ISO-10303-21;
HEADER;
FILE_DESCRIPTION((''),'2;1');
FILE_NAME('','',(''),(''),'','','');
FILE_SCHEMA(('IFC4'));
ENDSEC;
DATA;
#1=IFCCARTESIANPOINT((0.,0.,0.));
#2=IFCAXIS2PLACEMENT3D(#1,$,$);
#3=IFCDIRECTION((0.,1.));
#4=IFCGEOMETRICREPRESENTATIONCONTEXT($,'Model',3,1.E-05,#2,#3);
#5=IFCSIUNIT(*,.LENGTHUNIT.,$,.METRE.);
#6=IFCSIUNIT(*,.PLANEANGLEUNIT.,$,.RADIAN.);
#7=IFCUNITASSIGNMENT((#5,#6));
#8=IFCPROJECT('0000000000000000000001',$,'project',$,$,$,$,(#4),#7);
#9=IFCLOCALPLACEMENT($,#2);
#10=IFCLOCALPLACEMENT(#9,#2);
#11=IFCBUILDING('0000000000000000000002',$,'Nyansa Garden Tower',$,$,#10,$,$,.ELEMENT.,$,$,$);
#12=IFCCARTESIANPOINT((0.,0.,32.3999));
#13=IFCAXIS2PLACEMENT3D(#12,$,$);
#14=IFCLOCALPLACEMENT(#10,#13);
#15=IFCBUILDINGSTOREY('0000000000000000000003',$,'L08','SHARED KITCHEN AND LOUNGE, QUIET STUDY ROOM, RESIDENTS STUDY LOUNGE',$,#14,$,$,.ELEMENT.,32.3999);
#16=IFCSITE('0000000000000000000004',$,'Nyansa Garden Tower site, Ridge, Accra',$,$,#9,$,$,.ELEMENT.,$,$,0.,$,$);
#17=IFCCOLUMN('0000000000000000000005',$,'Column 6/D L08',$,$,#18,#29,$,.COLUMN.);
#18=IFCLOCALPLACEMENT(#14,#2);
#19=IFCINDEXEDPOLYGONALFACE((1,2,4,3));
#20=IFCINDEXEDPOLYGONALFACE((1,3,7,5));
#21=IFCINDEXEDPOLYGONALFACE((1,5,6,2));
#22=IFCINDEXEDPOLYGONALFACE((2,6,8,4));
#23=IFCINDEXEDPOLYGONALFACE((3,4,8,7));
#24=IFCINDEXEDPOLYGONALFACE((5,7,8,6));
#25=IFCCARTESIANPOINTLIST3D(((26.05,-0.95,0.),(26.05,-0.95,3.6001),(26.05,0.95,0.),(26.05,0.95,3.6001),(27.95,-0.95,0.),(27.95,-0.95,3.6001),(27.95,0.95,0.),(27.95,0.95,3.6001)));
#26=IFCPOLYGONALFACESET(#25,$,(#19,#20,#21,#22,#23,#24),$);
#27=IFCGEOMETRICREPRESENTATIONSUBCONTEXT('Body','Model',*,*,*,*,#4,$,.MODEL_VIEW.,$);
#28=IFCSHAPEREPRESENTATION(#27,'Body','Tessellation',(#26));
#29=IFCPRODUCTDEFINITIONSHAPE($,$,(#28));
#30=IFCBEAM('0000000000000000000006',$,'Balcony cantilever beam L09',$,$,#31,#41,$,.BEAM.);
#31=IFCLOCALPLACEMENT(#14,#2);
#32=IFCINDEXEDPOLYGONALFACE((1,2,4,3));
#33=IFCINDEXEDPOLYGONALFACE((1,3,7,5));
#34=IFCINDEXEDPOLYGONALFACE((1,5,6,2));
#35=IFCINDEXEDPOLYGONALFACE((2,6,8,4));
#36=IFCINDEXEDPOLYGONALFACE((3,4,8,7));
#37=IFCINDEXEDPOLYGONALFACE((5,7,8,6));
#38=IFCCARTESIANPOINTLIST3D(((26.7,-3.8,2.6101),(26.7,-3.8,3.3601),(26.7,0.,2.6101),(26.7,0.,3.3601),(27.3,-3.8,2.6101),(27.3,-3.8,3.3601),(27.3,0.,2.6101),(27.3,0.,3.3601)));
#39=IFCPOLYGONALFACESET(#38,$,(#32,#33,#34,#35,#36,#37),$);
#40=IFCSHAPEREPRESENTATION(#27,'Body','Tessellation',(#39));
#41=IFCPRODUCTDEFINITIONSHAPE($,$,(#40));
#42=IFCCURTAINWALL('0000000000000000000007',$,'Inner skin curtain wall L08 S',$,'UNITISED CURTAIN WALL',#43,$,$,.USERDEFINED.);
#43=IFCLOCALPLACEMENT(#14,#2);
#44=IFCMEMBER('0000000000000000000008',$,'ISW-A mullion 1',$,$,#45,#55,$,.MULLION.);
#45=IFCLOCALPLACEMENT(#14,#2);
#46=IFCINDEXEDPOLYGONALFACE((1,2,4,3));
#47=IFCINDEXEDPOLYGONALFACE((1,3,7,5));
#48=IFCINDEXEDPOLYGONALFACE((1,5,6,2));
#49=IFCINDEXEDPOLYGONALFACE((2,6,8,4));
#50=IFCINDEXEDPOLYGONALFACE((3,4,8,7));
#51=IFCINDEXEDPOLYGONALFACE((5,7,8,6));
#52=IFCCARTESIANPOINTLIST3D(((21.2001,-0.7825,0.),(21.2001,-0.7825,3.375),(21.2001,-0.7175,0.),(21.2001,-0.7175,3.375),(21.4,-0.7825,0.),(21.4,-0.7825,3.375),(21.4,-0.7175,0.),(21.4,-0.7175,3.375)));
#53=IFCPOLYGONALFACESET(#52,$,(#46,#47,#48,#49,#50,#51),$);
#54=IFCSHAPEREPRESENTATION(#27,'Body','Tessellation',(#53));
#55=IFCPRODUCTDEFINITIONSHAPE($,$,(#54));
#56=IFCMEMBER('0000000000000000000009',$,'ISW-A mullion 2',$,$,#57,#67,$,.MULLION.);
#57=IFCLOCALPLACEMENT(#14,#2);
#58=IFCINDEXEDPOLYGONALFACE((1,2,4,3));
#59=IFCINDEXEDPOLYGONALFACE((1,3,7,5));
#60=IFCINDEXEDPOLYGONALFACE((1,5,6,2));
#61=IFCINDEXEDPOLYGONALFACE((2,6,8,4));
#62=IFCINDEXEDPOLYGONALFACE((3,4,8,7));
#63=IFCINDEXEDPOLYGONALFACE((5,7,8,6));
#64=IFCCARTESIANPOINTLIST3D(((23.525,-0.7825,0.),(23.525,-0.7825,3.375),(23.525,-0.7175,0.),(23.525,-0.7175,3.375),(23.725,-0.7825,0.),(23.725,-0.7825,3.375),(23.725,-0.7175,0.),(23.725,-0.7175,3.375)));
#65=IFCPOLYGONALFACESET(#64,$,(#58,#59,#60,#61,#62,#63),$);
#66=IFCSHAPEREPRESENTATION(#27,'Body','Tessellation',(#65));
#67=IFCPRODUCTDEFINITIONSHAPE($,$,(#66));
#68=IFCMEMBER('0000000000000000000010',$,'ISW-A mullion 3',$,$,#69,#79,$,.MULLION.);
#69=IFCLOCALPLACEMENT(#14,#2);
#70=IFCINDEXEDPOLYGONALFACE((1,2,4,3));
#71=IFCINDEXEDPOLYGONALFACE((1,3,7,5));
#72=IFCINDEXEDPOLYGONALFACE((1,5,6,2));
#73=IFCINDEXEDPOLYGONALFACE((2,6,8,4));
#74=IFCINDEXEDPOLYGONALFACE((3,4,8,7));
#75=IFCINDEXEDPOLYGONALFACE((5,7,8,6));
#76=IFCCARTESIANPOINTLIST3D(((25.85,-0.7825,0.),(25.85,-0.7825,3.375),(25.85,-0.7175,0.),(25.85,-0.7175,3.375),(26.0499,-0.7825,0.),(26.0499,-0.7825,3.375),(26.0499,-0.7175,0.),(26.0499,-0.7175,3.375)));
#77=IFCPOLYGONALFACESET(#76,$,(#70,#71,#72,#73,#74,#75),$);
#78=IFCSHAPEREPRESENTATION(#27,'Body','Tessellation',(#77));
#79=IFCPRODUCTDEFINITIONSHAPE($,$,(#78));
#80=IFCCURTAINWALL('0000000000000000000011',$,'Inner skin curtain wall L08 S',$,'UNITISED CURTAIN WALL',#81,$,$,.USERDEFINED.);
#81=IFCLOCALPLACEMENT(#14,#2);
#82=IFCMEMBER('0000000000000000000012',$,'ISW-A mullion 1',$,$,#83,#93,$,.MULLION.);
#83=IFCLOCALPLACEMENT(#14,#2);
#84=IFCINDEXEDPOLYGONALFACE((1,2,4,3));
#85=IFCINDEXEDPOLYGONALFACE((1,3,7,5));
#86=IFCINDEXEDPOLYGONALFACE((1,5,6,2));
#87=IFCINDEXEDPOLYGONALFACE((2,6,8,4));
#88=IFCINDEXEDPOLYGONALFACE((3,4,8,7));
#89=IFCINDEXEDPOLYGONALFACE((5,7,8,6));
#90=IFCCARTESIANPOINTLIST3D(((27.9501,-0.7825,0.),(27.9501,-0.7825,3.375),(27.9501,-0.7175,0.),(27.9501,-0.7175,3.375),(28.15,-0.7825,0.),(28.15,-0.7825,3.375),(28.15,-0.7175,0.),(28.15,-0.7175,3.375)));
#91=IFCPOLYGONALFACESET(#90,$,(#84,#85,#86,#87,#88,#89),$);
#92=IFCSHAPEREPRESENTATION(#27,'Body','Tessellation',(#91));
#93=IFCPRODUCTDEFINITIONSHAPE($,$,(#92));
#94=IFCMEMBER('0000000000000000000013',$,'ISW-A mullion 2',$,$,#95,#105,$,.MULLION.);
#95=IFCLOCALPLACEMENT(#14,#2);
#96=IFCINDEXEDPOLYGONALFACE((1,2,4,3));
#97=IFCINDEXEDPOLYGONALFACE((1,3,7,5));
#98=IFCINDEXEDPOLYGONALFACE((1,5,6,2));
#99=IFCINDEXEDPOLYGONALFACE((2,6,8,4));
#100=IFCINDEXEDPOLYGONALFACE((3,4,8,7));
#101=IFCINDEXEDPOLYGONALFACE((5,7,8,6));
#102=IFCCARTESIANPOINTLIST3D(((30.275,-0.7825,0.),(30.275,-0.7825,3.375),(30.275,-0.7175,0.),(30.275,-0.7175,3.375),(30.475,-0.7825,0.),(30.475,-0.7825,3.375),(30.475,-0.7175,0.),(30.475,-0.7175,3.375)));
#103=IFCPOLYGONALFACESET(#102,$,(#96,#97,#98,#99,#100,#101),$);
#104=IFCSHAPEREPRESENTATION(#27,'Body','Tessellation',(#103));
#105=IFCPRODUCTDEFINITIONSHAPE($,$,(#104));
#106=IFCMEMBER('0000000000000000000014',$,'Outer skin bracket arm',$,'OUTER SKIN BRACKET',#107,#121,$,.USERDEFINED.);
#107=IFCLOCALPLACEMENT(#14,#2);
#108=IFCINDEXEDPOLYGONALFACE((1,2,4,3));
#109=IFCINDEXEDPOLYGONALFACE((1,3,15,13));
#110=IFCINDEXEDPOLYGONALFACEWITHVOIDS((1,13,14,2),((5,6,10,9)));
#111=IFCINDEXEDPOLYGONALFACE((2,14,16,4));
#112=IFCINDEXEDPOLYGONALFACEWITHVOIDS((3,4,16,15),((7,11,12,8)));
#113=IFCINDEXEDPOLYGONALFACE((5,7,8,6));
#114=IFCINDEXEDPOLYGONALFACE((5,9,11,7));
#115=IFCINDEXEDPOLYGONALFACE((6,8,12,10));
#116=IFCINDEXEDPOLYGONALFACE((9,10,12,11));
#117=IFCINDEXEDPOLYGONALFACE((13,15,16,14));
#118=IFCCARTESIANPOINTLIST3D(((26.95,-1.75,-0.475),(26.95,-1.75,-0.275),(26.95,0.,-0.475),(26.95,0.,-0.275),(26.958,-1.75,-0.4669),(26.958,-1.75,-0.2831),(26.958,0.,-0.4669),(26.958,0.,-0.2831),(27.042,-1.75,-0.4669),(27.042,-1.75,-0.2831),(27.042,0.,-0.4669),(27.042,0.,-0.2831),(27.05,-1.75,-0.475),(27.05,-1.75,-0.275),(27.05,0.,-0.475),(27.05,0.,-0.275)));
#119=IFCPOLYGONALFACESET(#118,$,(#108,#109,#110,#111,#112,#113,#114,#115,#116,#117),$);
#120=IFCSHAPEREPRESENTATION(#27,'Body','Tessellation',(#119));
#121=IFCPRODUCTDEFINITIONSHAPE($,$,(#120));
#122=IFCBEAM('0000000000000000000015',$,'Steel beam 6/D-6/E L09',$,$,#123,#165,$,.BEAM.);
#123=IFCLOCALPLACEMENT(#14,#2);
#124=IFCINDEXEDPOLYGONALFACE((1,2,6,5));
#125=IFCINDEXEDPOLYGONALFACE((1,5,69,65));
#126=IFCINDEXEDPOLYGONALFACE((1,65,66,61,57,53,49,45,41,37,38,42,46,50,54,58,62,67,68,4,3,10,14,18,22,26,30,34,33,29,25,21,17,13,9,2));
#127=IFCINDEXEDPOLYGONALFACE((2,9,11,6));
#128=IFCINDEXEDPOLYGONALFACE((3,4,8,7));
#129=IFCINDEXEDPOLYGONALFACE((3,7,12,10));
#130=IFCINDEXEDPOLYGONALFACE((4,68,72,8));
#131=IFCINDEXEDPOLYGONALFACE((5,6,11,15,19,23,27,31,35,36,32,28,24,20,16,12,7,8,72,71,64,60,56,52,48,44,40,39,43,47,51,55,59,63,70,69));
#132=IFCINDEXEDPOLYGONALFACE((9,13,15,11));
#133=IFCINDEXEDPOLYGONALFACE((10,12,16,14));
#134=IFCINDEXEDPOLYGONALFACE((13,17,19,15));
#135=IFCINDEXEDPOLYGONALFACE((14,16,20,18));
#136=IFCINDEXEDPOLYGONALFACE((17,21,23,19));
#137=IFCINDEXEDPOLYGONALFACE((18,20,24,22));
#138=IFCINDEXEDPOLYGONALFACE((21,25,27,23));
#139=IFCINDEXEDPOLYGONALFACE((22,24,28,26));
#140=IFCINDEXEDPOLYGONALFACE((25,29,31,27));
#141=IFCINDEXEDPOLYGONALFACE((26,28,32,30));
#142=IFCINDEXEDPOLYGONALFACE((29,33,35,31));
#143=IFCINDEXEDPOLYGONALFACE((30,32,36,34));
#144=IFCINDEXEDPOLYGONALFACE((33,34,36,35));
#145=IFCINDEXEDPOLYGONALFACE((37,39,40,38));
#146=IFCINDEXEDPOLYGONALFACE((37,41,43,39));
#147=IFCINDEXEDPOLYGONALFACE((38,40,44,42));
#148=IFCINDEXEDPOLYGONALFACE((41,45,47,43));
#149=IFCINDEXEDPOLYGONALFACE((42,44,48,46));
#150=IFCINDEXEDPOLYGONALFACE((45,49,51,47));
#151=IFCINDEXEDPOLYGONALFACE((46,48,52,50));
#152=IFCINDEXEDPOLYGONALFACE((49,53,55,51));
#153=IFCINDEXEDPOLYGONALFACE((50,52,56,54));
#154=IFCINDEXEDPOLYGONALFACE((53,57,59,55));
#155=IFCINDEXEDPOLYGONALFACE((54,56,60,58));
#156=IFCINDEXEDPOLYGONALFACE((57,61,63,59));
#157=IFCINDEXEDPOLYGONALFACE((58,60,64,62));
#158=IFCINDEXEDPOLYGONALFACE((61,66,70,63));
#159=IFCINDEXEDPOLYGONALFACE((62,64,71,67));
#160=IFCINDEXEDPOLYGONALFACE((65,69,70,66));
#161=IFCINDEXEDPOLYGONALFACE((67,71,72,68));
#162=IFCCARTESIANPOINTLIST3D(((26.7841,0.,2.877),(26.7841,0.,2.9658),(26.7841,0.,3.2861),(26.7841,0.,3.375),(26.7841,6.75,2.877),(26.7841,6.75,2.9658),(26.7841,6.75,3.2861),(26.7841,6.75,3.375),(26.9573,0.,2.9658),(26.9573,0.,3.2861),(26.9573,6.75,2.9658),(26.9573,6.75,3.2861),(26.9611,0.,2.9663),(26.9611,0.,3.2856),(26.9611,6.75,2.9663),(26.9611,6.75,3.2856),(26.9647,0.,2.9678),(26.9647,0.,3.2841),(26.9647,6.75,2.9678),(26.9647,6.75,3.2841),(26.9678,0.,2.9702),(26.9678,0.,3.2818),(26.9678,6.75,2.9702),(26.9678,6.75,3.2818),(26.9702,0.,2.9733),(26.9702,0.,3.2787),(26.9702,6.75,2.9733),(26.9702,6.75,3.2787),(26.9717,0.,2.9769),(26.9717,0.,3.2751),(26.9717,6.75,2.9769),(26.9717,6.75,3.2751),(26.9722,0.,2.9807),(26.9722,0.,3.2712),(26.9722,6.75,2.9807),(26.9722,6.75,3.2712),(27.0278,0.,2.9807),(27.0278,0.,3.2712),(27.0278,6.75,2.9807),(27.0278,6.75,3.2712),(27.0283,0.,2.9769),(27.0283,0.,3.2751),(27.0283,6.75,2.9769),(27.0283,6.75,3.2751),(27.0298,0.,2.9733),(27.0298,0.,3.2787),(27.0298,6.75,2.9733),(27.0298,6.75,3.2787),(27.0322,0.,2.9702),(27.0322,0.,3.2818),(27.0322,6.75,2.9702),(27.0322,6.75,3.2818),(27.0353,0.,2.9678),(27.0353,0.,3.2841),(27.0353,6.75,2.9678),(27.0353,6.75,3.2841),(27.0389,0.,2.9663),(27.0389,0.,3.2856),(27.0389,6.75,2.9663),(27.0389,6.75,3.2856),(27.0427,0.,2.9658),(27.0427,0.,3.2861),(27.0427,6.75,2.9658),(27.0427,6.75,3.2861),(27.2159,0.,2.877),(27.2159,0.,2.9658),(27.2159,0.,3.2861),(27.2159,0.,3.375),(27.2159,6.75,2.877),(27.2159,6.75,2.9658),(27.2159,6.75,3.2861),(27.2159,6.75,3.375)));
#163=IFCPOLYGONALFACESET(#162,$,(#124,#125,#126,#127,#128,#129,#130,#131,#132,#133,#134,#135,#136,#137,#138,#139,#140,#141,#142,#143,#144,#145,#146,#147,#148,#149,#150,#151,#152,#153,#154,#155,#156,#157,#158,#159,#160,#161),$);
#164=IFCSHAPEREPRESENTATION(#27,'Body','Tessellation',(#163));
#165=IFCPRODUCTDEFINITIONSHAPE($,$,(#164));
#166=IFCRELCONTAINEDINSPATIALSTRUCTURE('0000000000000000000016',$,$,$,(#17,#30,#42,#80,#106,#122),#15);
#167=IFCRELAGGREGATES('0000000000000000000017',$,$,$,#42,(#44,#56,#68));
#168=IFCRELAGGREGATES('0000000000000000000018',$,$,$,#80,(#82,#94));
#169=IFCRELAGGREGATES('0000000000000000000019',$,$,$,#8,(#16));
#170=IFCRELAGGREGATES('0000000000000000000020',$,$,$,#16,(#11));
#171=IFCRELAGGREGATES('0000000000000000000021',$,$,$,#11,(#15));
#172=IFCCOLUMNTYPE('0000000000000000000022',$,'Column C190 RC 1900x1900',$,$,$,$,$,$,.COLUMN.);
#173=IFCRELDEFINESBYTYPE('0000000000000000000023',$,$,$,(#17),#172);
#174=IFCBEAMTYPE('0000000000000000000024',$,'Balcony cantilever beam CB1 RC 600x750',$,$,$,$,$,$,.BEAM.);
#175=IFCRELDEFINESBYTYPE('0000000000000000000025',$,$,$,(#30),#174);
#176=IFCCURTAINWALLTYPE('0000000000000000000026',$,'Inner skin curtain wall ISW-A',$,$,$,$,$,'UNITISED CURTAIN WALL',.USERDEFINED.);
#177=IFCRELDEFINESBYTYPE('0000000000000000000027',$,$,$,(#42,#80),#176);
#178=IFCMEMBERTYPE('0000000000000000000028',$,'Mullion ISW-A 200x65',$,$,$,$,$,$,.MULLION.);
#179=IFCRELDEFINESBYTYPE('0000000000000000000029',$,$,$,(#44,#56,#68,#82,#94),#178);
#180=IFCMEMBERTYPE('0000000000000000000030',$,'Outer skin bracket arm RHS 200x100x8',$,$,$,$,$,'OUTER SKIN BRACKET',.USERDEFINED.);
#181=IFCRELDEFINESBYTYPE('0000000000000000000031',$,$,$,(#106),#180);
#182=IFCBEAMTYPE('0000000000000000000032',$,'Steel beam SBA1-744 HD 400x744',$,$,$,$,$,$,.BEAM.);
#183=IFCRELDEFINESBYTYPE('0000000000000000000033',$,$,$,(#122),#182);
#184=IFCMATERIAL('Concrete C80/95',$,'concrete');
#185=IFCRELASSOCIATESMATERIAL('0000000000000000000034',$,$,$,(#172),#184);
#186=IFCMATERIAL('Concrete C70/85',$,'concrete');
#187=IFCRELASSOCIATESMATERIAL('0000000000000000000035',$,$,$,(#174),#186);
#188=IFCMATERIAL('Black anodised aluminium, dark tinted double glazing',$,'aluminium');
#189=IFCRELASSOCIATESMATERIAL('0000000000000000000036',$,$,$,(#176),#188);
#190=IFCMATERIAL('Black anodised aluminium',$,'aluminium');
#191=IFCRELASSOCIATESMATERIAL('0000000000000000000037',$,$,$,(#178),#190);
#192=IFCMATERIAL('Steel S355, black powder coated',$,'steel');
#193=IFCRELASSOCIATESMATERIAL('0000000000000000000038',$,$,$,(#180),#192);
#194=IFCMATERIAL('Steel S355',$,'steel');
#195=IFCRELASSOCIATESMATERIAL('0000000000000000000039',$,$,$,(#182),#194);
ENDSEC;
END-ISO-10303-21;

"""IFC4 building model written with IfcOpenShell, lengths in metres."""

from ifc_helpers import new_model, si_unit, direction, frame, origin, origin_2d, place, context, subcontext, project, spatial, rectangle, hollow_rectangle, i_section, extrude, material, material_profile, profile_set, type_object, element, aggregate, save


model = new_model("IFC4")

# Units and contexts
model_context = context("Model", 3, precision=1e-05, world=origin(), true_north=direction((0.0, 1.0)))
body_context = subcontext(model_context, "Body", "Model", "MODEL_VIEW")
ifc_project = project(units=[si_unit("LENGTHUNIT", "METRE"), si_unit("PLANEANGLEUNIT", "RADIAN")], contexts=[model_context])

# Site, building, storey
site_placement = place(None, origin())
site = spatial("IfcSite", under=ifc_project, at=site_placement, Name="Nyansa Garden Tower site, Ridge, Accra", CompositionType="ELEMENT", RefElevation=0.0)
building_placement = place(site_placement, origin())
building = spatial("IfcBuilding", under=site, at=building_placement, Name="Nyansa Garden Tower", CompositionType="ELEMENT")
storey_placement = place(building_placement, frame((0.0, 0.0, 32.3999)))
storey = spatial("IfcBuildingStorey", under=building, at=storey_placement, Name="L08", Description="SHARED KITCHEN AND LOUNGE, QUIET STUDY ROOM, RESIDENTS STUDY LOUNGE", CompositionType="ELEMENT", Elevation=32.3999)

# Column
ifc_material_1 = material(Name="Concrete C80/95", Category="concrete")
ifc_material_profile_1 = material_profile(ifc_material_1, rectangle(XDim=1.8999, YDim=1.8999, at=origin_2d()), Name="RC 1900x1900")
ifc_profile_set_1 = profile_set([ifc_material_profile_1], Name="Concrete C80/95")
column_type = type_object("IfcColumnType", Name="Column C190 RC 1900x1900", PredefinedType="COLUMN", material=ifc_profile_set_1)
column_placement = place(storey_placement, frame((27.0, 0.0, 0.0), z_axis=(0.0, 0.0, 1.0), x_axis=(1.0, 0.0, 0.0)))
element("IfcColumn", 1, at=column_placement, inside=storey, type_object=column_type, Name="Column 6/D L08", PredefinedType="COLUMN", context=body_context, shape_type="SweptSolid", body=[
    extrude(rectangle(XDim=1.8999, YDim=1.8999, at=origin_2d()), origin(), (0.0, 0.0, 1.0), 3.6001),
])

# Beam
ifc_material_2 = material(Name="Concrete C70/85", Category="concrete")
ifc_material_profile_2 = material_profile(ifc_material_2, rectangle(XDim=0.6001, YDim=0.75, at=origin_2d()), Name="RC 600x750")
ifc_profile_set_2 = profile_set([ifc_material_profile_2], Name="Concrete C70/85")
beam_type_1 = type_object("IfcBeamType", Name="Balcony cantilever beam CB1 RC 600x750", PredefinedType="BEAM", material=ifc_profile_set_2)
beam_1_placement = place(storey_placement, frame((27.0, 0.0, 2.9851), z_axis=(0.0, -1.0, 0.0), x_axis=(1.0, 0.0, 0.0)))
element("IfcBeam", 2, at=beam_1_placement, inside=storey, type_object=beam_type_1, Name="Balcony cantilever beam L09", PredefinedType="BEAM", context=body_context, shape_type="SweptSolid", body=[
    extrude(rectangle(XDim=0.6001, YDim=0.75, at=origin_2d()), origin(), (0.0, 0.0, 1.0), 3.8),
])

# Curtain walls, members
ifc_material_3 = material(Name="Black anodised aluminium, dark tinted double glazing", Category="aluminium")
curtain_wall_type = type_object("IfcCurtainWallType", Name="Inner skin curtain wall ISW-A", ElementType="UNITISED CURTAIN WALL", PredefinedType="USERDEFINED", material=ifc_material_3)
curtain_wall_1_placement = place(storey_placement, origin())
curtain_wall_1 = element("IfcCurtainWall", 3, at=curtain_wall_1_placement, inside=storey, type_object=curtain_wall_type, Name="Inner skin curtain wall L08 S", ObjectType="UNITISED CURTAIN WALL", PredefinedType="USERDEFINED")
ifc_material_4 = material(Name="Black anodised aluminium", Category="aluminium")
ifc_material_profile_3 = material_profile(ifc_material_4, rectangle(XDim=0.0649, YDim=0.2, at=origin_2d()), Name="Mullion 200x65")
ifc_profile_set_3 = profile_set([ifc_material_profile_3], Name="Black anodised aluminium")
member_type_1 = type_object("IfcMemberType", Name="Mullion ISW-A 200x65", PredefinedType="MULLION", material=ifc_profile_set_3)
member_1_placement = place(storey_placement, frame((21.3, -0.75, 0.0), z_axis=(0.0, 0.0, 1.0), x_axis=(0.0, 1.0, 0.0)))
member_1 = element("IfcMember", 4, at=member_1_placement, type_object=member_type_1, Name="ISW-A mullion 1", PredefinedType="MULLION", context=body_context, shape_type="SweptSolid", body=[
    extrude(rectangle(XDim=0.0649, YDim=0.2, at=origin_2d()), origin(), (0.0, 0.0, 1.0), 3.375),
])
member_2_placement = place(storey_placement, frame((23.625, -0.75, 0.0), z_axis=(0.0, 0.0, 1.0), x_axis=(0.0, 1.0, 0.0)))
member_2 = element("IfcMember", 5, at=member_2_placement, type_object=member_type_1, Name="ISW-A mullion 2", PredefinedType="MULLION", context=body_context, shape_type="SweptSolid", body=[
    extrude(rectangle(XDim=0.0649, YDim=0.2, at=origin_2d()), origin(), (0.0, 0.0, 1.0), 3.375),
])
member_3_placement = place(storey_placement, frame((25.95, -0.75, 0.0), z_axis=(0.0, 0.0, 1.0), x_axis=(0.0, 1.0, 0.0)))
member_3 = element("IfcMember", 6, at=member_3_placement, type_object=member_type_1, Name="ISW-A mullion 3", PredefinedType="MULLION", context=body_context, shape_type="SweptSolid", body=[
    extrude(rectangle(XDim=0.0649, YDim=0.2, at=origin_2d()), origin(), (0.0, 0.0, 1.0), 3.375),
])
curtain_wall_2_placement = place(storey_placement, origin())
curtain_wall_2 = element("IfcCurtainWall", 7, at=curtain_wall_2_placement, inside=storey, type_object=curtain_wall_type, Name="Inner skin curtain wall L08 S", ObjectType="UNITISED CURTAIN WALL", PredefinedType="USERDEFINED")
member_4_placement = place(storey_placement, frame((28.05, -0.75, 0.0), z_axis=(0.0, 0.0, 1.0), x_axis=(0.0, 1.0, 0.0)))
member_4 = element("IfcMember", 8, at=member_4_placement, type_object=member_type_1, Name="ISW-A mullion 1", PredefinedType="MULLION", context=body_context, shape_type="SweptSolid", body=[
    extrude(rectangle(XDim=0.0649, YDim=0.2, at=origin_2d()), origin(), (0.0, 0.0, 1.0), 3.375),
])
member_5_placement = place(storey_placement, frame((30.375, -0.75, 0.0), z_axis=(0.0, 0.0, 1.0), x_axis=(0.0, 1.0, 0.0)))
member_5 = element("IfcMember", 9, at=member_5_placement, type_object=member_type_1, Name="ISW-A mullion 2", PredefinedType="MULLION", context=body_context, shape_type="SweptSolid", body=[
    extrude(rectangle(XDim=0.0649, YDim=0.2, at=origin_2d()), origin(), (0.0, 0.0, 1.0), 3.375),
])

# Member
ifc_material_5 = material(Name="Steel S355, black powder coated", Category="steel")
ifc_material_profile_4 = material_profile(ifc_material_5, hollow_rectangle(XDim=0.1001, YDim=0.2, WallThickness=0.0081, at=origin_2d()), Name="RHS 200x100x8")
ifc_profile_set_4 = profile_set([ifc_material_profile_4], Name="Steel S355, black powder coated")
member_type_2 = type_object("IfcMemberType", Name="Outer skin bracket arm RHS 200x100x8", ElementType="OUTER SKIN BRACKET", PredefinedType="USERDEFINED", material=ifc_profile_set_4)
member_6_placement = place(storey_placement, frame((27.0, 0.0, -0.375), z_axis=(0.0, -1.0, 0.0), x_axis=(1.0, 0.0, 0.0)))
element("IfcMember", 10, at=member_6_placement, inside=storey, type_object=member_type_2, Name="Outer skin bracket arm", ObjectType="OUTER SKIN BRACKET", PredefinedType="USERDEFINED", context=body_context, shape_type="SweptSolid", body=[
    extrude(hollow_rectangle(XDim=0.1001, YDim=0.2, WallThickness=0.0081, at=origin_2d()), origin(), (0.0, 0.0, 1.0), 1.75),
])

# Beam
ifc_material_6 = material(Name="Steel S355", Category="steel")
ifc_material_profile_5 = material_profile(ifc_material_6, i_section(OverallWidth=0.4319, OverallDepth=0.498, WebThickness=0.0557, FlangeThickness=0.0889, FilletRadius=0.0149, at=origin_2d()), Name="HD 400x744")
ifc_profile_set_5 = profile_set([ifc_material_profile_5], Name="Steel S355")
beam_type_2 = type_object("IfcBeamType", Name="Steel beam SBA1-744 HD 400x744", PredefinedType="BEAM", material=ifc_profile_set_5)
beam_2_placement = place(storey_placement, frame((27.0, 0.0, 3.126), z_axis=(0.0, 1.0, 0.0), x_axis=(-1.0, 0.0, 0.0)))
element("IfcBeam", 11, at=beam_2_placement, inside=storey, type_object=beam_type_2, Name="Steel beam 6/D-6/E L09", PredefinedType="BEAM", context=body_context, shape_type="SweptSolid", body=[
    extrude(i_section(OverallWidth=0.4319, OverallDepth=0.498, WebThickness=0.0557, FlangeThickness=0.0889, FilletRadius=0.0149, at=origin_2d()), origin(), (0.0, 0.0, 1.0), 6.75),
])

aggregate(curtain_wall_1, [member_1, member_2, member_3])
aggregate(curtain_wall_2, [member_4, member_5])

save(model, "model.ifc")
